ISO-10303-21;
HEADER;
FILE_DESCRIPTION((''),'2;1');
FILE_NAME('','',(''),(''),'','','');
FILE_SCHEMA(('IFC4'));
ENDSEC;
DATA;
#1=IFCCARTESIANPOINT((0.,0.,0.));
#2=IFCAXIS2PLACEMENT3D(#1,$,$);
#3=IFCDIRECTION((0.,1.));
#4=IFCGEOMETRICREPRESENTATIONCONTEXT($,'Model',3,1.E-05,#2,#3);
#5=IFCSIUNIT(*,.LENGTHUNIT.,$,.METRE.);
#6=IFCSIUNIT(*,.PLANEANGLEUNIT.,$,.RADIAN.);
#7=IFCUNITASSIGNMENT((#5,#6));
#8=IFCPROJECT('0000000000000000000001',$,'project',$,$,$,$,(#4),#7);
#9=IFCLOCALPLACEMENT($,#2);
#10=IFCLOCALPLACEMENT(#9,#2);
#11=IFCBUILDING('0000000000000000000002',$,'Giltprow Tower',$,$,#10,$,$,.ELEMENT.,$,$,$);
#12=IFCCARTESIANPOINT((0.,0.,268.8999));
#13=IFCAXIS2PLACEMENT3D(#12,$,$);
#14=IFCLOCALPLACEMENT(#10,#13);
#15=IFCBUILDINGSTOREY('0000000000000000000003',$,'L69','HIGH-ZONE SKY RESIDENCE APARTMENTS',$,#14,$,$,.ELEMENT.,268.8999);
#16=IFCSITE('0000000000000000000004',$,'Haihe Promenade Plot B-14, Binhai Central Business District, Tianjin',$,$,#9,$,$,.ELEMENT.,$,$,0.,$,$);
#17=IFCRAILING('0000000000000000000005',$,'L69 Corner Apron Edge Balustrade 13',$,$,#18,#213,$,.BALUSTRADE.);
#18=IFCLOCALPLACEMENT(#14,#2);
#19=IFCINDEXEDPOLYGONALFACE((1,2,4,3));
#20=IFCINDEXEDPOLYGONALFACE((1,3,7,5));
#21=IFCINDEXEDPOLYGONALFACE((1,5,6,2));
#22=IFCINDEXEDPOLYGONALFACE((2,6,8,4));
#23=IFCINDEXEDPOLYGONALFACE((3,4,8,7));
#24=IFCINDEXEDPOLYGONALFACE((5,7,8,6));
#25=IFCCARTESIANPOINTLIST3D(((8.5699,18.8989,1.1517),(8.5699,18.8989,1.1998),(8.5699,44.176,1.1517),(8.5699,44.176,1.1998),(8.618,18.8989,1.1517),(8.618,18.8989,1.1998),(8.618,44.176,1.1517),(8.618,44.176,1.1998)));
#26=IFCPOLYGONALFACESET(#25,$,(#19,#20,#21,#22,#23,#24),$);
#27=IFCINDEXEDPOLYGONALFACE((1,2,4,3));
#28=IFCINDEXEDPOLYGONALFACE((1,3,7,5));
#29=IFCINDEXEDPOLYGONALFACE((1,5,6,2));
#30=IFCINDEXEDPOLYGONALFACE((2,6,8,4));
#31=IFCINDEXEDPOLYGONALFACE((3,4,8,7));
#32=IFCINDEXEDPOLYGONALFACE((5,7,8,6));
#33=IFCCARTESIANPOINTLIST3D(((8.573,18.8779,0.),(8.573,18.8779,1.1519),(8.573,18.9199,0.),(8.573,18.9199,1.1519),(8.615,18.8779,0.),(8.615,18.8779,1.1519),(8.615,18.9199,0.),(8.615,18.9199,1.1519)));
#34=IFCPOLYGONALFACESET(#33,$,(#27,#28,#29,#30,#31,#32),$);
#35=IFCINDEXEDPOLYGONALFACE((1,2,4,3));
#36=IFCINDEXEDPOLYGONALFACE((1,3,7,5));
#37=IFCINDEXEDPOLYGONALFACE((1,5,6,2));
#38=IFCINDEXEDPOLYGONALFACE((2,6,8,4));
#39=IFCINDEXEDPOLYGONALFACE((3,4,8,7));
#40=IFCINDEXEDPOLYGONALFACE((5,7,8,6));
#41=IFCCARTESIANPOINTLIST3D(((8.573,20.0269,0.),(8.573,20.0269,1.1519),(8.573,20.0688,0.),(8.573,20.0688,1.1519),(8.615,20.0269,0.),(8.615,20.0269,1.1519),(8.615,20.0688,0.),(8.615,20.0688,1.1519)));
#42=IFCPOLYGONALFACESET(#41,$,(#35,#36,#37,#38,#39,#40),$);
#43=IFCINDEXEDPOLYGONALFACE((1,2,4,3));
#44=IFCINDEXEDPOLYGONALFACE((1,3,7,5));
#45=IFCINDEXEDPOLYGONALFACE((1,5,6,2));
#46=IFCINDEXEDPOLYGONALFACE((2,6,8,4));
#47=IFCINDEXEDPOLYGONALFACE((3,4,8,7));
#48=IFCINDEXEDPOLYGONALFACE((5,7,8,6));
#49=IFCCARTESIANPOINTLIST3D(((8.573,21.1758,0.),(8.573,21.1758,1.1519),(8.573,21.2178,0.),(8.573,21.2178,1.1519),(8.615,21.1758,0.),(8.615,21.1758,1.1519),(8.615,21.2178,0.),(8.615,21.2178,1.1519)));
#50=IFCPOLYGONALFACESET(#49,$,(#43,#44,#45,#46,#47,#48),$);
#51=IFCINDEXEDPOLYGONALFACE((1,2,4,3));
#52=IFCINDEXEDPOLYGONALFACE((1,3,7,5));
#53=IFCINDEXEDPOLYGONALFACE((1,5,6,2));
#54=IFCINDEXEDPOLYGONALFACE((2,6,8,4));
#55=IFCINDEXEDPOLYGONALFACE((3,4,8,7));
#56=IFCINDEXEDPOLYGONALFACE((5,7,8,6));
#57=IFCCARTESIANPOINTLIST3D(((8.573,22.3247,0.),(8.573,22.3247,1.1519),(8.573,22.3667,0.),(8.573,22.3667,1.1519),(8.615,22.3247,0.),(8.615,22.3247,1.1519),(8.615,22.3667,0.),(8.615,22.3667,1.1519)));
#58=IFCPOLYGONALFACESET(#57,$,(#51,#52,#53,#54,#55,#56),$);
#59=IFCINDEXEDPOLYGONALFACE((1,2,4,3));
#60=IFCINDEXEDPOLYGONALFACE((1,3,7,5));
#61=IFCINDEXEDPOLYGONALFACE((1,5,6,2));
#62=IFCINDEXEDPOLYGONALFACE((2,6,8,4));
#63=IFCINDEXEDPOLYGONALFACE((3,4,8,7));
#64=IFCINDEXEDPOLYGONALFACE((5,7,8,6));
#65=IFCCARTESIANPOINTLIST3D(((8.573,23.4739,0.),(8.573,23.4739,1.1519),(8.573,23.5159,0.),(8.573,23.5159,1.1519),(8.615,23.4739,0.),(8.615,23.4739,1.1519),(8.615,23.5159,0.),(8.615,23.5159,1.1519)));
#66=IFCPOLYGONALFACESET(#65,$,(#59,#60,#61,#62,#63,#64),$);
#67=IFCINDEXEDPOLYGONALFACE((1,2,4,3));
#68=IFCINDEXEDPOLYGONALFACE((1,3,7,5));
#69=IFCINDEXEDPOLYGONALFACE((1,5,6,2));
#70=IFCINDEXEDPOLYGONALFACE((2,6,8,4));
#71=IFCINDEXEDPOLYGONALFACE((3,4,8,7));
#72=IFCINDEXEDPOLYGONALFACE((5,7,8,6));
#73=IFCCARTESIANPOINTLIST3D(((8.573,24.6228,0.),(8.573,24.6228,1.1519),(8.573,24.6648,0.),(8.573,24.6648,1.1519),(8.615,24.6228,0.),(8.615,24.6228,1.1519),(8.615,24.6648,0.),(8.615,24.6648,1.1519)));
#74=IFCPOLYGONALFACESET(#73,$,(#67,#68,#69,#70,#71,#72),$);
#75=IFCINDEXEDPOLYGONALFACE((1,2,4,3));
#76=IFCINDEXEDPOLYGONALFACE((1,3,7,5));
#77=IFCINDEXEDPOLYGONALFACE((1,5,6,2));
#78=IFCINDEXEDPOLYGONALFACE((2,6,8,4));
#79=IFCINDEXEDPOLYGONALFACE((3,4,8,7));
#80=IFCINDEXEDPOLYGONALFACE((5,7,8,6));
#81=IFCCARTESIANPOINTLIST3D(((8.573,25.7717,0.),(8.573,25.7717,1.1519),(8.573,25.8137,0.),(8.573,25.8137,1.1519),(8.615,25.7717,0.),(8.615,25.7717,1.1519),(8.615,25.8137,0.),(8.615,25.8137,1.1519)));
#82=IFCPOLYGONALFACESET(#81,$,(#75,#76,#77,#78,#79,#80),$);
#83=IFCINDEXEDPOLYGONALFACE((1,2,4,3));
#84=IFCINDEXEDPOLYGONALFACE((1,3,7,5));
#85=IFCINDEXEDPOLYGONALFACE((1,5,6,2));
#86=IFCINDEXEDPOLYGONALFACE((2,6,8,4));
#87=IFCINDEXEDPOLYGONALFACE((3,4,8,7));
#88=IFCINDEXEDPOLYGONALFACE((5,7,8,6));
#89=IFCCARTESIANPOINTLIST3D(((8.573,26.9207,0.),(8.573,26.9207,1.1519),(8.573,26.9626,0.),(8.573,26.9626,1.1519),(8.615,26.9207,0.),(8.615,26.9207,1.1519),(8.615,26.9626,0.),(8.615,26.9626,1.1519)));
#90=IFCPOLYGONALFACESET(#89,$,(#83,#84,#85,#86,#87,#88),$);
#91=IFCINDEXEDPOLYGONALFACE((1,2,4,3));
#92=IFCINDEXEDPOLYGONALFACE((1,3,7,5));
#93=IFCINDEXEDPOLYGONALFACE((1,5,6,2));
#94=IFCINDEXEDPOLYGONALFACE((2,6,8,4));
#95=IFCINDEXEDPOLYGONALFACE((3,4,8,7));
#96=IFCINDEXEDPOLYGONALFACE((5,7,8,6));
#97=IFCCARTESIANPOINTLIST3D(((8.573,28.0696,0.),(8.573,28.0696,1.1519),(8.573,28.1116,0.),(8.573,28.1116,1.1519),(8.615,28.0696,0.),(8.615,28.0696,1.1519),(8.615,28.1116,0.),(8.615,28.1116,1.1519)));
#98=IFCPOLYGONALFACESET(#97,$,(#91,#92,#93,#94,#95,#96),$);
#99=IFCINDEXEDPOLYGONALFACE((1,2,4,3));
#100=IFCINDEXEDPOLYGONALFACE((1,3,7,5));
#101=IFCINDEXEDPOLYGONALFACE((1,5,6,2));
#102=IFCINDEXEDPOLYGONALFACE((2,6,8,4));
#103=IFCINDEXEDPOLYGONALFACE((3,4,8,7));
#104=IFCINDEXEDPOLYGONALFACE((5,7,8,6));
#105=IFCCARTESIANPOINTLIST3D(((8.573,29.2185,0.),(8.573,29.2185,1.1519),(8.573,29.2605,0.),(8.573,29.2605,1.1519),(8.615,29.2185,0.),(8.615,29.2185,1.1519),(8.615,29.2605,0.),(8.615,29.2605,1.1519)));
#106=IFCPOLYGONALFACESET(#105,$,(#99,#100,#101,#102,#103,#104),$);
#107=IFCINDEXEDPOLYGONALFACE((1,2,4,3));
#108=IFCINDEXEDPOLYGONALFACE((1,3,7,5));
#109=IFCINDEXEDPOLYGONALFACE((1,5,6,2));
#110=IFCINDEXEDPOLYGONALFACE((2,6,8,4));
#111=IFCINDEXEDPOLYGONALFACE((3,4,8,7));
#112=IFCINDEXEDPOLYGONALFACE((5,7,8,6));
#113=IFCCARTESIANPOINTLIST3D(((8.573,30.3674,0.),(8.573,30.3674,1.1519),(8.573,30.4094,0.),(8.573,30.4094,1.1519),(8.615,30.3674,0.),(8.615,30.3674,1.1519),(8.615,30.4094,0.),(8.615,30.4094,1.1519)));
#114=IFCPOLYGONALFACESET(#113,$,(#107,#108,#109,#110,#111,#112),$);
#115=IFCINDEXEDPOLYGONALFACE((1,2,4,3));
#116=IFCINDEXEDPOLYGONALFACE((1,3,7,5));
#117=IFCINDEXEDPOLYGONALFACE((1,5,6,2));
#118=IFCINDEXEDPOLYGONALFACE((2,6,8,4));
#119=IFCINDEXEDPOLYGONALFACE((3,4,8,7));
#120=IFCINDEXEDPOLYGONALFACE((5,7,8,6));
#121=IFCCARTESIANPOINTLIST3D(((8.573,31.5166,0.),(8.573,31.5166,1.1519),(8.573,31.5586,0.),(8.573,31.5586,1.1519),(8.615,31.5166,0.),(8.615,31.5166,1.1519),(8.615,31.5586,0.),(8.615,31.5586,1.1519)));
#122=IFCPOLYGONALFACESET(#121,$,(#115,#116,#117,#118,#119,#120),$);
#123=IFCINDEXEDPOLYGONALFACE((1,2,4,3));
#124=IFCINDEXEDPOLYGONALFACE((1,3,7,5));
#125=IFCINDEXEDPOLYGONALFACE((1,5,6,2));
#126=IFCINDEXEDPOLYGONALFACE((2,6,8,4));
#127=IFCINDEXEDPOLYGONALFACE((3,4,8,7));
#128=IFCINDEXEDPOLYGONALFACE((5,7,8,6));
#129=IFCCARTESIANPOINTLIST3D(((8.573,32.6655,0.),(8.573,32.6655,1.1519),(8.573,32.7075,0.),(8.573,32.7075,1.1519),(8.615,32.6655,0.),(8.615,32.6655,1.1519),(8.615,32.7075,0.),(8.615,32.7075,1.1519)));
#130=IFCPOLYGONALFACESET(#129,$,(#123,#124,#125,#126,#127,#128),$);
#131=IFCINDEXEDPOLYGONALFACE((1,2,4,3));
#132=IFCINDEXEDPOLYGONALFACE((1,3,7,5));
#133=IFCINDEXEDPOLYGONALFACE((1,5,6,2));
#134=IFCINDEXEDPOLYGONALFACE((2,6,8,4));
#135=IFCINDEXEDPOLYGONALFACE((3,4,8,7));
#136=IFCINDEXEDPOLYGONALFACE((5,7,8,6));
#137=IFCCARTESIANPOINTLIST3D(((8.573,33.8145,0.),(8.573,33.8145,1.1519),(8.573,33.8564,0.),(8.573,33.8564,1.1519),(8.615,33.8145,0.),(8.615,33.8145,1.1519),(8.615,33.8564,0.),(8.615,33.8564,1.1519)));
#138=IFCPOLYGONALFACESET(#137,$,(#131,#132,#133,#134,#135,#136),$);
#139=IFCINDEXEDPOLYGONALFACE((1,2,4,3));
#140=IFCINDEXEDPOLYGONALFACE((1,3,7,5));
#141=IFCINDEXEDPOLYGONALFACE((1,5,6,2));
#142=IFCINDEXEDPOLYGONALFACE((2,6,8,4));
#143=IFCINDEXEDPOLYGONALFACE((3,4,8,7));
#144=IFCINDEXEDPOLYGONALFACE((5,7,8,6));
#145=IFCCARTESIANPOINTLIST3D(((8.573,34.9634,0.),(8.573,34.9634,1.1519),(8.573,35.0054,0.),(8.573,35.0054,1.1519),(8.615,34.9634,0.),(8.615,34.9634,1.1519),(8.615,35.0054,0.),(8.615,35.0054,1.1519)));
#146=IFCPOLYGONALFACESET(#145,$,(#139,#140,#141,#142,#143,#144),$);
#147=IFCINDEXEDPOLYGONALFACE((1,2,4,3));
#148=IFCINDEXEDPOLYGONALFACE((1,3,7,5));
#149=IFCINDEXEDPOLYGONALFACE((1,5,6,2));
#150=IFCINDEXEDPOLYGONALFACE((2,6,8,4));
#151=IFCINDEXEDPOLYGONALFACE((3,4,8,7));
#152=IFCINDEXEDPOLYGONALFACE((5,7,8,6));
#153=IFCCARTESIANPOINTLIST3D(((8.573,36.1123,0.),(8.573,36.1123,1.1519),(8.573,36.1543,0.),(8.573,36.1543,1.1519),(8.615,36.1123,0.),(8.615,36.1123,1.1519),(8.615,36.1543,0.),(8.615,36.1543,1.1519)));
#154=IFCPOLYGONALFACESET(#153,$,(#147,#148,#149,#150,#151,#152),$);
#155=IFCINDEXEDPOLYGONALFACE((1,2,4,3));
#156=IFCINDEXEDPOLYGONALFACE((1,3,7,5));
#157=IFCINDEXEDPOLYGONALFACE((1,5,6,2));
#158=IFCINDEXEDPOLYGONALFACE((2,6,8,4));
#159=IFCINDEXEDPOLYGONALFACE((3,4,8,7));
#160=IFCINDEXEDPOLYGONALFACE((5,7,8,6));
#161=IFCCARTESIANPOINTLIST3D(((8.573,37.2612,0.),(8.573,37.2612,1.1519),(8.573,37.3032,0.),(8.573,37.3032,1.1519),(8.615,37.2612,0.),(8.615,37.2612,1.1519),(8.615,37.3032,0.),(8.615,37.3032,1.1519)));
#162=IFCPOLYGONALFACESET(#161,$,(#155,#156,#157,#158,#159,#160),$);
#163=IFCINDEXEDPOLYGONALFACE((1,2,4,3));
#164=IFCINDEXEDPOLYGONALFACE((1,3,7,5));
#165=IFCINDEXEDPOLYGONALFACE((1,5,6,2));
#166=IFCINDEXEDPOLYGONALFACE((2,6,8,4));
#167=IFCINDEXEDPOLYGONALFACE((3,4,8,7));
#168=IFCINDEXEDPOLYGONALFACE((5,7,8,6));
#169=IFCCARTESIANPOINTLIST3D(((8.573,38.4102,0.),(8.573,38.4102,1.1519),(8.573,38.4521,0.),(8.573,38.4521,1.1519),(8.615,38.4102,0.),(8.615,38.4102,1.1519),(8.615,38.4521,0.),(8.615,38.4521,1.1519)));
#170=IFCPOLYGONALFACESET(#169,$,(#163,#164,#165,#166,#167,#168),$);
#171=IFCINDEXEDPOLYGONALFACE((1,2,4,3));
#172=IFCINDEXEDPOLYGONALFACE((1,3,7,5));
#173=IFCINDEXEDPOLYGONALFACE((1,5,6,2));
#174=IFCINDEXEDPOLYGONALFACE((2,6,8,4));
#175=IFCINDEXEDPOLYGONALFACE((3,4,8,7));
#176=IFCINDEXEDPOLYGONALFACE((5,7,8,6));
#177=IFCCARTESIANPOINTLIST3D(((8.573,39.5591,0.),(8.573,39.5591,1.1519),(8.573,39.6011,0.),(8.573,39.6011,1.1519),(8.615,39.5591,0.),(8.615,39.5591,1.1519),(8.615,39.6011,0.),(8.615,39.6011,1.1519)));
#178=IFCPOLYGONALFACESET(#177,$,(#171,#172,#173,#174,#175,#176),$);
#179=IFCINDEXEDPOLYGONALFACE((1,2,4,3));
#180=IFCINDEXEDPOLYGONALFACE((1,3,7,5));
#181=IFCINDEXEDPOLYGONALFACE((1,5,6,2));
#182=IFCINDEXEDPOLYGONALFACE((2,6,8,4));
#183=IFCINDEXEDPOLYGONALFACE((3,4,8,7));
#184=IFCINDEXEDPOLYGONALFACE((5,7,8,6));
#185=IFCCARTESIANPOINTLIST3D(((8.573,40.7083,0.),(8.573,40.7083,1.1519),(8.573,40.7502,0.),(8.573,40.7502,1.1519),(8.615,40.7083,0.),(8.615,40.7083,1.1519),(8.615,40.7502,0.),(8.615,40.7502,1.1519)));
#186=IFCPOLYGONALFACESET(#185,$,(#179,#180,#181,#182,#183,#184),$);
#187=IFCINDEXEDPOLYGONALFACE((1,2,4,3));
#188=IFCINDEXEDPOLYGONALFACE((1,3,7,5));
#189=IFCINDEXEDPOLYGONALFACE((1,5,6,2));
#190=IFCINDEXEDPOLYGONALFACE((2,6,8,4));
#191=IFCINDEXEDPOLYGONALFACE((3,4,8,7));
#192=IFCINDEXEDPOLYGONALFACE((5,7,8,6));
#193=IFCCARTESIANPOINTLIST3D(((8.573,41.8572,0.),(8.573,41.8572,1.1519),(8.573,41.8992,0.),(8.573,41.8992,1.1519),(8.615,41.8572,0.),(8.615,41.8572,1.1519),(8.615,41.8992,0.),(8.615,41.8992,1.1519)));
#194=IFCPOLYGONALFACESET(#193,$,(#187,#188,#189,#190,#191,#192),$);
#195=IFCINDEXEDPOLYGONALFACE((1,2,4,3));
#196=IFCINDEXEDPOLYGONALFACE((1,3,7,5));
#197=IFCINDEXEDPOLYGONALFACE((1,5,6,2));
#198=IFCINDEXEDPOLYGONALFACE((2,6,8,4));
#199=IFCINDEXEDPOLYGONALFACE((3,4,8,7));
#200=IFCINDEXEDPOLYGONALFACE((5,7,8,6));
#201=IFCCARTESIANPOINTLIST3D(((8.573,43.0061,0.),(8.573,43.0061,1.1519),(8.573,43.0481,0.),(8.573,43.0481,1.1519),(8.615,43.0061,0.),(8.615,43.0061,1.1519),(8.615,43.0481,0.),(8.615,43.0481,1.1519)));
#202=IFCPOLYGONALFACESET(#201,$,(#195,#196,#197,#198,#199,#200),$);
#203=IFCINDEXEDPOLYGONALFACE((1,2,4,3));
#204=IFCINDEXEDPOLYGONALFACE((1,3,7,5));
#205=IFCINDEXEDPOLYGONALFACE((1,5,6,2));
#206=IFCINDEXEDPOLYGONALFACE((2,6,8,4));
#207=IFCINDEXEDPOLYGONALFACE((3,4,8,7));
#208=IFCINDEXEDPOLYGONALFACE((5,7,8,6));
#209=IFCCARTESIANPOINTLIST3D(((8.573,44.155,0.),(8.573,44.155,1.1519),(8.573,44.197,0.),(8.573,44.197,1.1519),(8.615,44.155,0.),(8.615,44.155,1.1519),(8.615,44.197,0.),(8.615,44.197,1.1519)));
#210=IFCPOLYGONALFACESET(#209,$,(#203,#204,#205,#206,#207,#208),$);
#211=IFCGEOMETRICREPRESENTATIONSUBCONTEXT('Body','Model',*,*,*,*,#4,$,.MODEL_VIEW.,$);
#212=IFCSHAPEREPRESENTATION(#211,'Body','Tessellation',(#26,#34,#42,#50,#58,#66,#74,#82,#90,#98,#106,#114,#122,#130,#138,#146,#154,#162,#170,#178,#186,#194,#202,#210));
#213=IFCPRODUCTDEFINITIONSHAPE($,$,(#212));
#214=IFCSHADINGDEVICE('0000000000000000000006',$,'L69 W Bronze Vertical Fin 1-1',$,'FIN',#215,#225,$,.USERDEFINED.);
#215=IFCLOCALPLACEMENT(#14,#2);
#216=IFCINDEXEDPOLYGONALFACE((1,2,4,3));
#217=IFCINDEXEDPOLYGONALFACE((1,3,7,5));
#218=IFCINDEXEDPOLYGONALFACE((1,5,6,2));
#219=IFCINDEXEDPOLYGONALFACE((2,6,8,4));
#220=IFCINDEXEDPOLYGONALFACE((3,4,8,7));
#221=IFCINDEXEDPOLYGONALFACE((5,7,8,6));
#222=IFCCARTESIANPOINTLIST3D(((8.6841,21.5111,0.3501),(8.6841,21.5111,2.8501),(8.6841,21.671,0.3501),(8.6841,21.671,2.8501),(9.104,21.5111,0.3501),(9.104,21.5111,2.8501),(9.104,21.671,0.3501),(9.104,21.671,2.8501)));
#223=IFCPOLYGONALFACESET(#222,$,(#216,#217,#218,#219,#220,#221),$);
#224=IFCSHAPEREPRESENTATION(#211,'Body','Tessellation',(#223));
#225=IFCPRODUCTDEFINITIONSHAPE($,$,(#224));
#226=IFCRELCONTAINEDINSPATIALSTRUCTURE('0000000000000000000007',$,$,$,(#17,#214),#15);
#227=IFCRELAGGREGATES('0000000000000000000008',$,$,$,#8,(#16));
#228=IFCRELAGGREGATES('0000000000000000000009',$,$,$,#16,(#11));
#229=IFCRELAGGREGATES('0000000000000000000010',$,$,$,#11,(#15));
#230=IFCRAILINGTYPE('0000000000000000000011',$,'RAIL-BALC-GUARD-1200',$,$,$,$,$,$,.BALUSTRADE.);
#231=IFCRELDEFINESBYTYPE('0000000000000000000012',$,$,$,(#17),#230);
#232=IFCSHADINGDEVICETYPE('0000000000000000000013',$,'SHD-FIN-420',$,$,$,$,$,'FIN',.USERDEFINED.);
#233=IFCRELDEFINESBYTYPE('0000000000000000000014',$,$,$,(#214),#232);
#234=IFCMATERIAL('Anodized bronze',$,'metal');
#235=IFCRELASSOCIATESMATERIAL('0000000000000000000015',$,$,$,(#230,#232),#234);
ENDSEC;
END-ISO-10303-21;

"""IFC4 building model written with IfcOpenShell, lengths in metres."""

from ifc_helpers import new_model, si_unit, direction, frame, origin, origin_2d, place, context, subcontext, project, spatial, rectangle, extrude, source, transform, mapped, material, type_object, element, save


model = new_model("IFC4")

# Units and contexts
model_context = context("Model", 3, precision=1e-05, world=origin(), true_north=direction((0.0, 1.0)))
body_context = subcontext(model_context, "Body", "Model", "MODEL_VIEW")
ifc_project = project(units=[si_unit("LENGTHUNIT", "METRE"), si_unit("PLANEANGLEUNIT", "RADIAN")], contexts=[model_context])

# Site, building, storey
site_placement = place(None, origin())
site = spatial("IfcSite", under=ifc_project, at=site_placement, Name="Haihe Promenade Plot B-14, Binhai Central Business District, Tianjin", CompositionType="ELEMENT", RefElevation=0.0)
building_placement = place(site_placement, origin())
building = spatial("IfcBuilding", under=site, at=building_placement, Name="Giltprow Tower", CompositionType="ELEMENT")
storey_placement = place(building_placement, frame((0.0, 0.0, 268.8999)))
storey = spatial("IfcBuildingStorey", under=building, at=storey_placement, Name="L69", Description="HIGH-ZONE SKY RESIDENCE APARTMENTS", CompositionType="ELEMENT", Elevation=268.8999)

# Railing
ifc_material_1 = material(Name="Anodized bronze", Category="metal")
railing_type = type_object("IfcRailingType", Name="RAIL-BALC-GUARD-1200", PredefinedType="BALUSTRADE", material=ifc_material_1)
railing_1_placement = place(storey_placement, frame((8.594, 18.8989, 0.0)))
element("IfcRailing", 1, at=railing_1_placement, inside=storey, type_object=railing_type, Name="L69 Corner Apron Edge Balustrade 13", PredefinedType="BALUSTRADE", context=body_context, shape_type="SweptSolid", body=[
    extrude(rectangle(XDim=0.0481, YDim=0.0481, at=origin_2d()), frame((0.0, 0.0, 1.1758), z_axis=(0.0, 1.0, 0.0), x_axis=(-1.0, 0.0, 0.0)), (0.0, 0.0, 1.0), 25.2771),
    extrude(rectangle(XDim=0.042, YDim=0.042, at=origin_2d()), origin(), (0.0, 0.0, 1.0), 1.1519),
    extrude(rectangle(XDim=0.042, YDim=0.042, at=origin_2d()), frame((0.0, 1.1489, 0.0)), (0.0, 0.0, 1.0), 1.1519),
    extrude(rectangle(XDim=0.042, YDim=0.042, at=origin_2d()), frame((0.0, 2.2979, 0.0)), (0.0, 0.0, 1.0), 1.1519),
    extrude(rectangle(XDim=0.042, YDim=0.042, at=origin_2d()), frame((0.0, 3.4468, 0.0)), (0.0, 0.0, 1.0), 1.1519),
    extrude(rectangle(XDim=0.042, YDim=0.042, at=origin_2d()), frame((0.0, 4.5959, 0.0)), (0.0, 0.0, 1.0), 1.1519),
    extrude(rectangle(XDim=0.042, YDim=0.042, at=origin_2d()), frame((0.0, 5.7449, 0.0)), (0.0, 0.0, 1.0), 1.1519),
    extrude(rectangle(XDim=0.042, YDim=0.042, at=origin_2d()), frame((0.0, 6.8938, 0.0)), (0.0, 0.0, 1.0), 1.1519),
    extrude(rectangle(XDim=0.042, YDim=0.042, at=origin_2d()), frame((0.0, 8.0427, 0.0)), (0.0, 0.0, 1.0), 1.1519),
    extrude(rectangle(XDim=0.042, YDim=0.042, at=origin_2d()), frame((0.0, 9.1917, 0.0)), (0.0, 0.0, 1.0), 1.1519),
    extrude(rectangle(XDim=0.042, YDim=0.042, at=origin_2d()), frame((0.0, 10.3406, 0.0)), (0.0, 0.0, 1.0), 1.1519),
    extrude(rectangle(XDim=0.042, YDim=0.042, at=origin_2d()), frame((0.0, 11.4895, 0.0)), (0.0, 0.0, 1.0), 1.1519),
    extrude(rectangle(XDim=0.042, YDim=0.042, at=origin_2d()), frame((0.0, 12.6387, 0.0)), (0.0, 0.0, 1.0), 1.1519),
    extrude(rectangle(XDim=0.042, YDim=0.042, at=origin_2d()), frame((0.0, 13.7876, 0.0)), (0.0, 0.0, 1.0), 1.1519),
    extrude(rectangle(XDim=0.042, YDim=0.042, at=origin_2d()), frame((0.0, 14.9365, 0.0)), (0.0, 0.0, 1.0), 1.1519),
    extrude(rectangle(XDim=0.042, YDim=0.042, at=origin_2d()), frame((0.0, 16.0854, 0.0)), (0.0, 0.0, 1.0), 1.1519),
    extrude(rectangle(XDim=0.042, YDim=0.042, at=origin_2d()), frame((0.0, 17.2344, 0.0)), (0.0, 0.0, 1.0), 1.1519),
    extrude(rectangle(XDim=0.042, YDim=0.042, at=origin_2d()), frame((0.0, 18.3833, 0.0)), (0.0, 0.0, 1.0), 1.1519),
    extrude(rectangle(XDim=0.042, YDim=0.042, at=origin_2d()), frame((0.0, 19.5322, 0.0)), (0.0, 0.0, 1.0), 1.1519),
    extrude(rectangle(XDim=0.042, YDim=0.042, at=origin_2d()), frame((0.0, 20.6812, 0.0)), (0.0, 0.0, 1.0), 1.1519),
    extrude(rectangle(XDim=0.042, YDim=0.042, at=origin_2d()), frame((0.0, 21.8303, 0.0)), (0.0, 0.0, 1.0), 1.1519),
    extrude(rectangle(XDim=0.042, YDim=0.042, at=origin_2d()), frame((0.0, 22.9792, 0.0)), (0.0, 0.0, 1.0), 1.1519),
    extrude(rectangle(XDim=0.042, YDim=0.042, at=origin_2d()), frame((0.0, 24.1282, 0.0)), (0.0, 0.0, 1.0), 1.1519),
    extrude(rectangle(XDim=0.042, YDim=0.042, at=origin_2d()), frame((0.0, 25.2771, 0.0)), (0.0, 0.0, 1.0), 1.1519),
])

# Shading device
shading_device_type = type_object("IfcShadingDeviceType", Name="SHD-FIN-420", ElementType="FIN", PredefinedType="USERDEFINED", material=ifc_material_1)
shared_shape_1 = source(origin(), body_context, "Body", "SweptSolid", [
    extrude(rectangle(XDim=0.4199, YDim=0.1599, at=origin_2d()), origin(), (0.0, 0.0, 1.0), 2.5),
])
shading_device_placement = place(storey_placement, frame((8.894, 21.5911, 0.3501), z_axis=(0.0, 0.0, 1.0), x_axis=(1.0, 0.0, 0.0)))
element("IfcShadingDevice", 2, at=shading_device_placement, inside=storey, type_object=shading_device_type, Name="L69 W Bronze Vertical Fin 1-1", ObjectType="FIN", PredefinedType="USERDEFINED", context=body_context, shape_type="MappedRepresentation", body=[
    mapped(shared_shape_1, transform((0.0, 0.0, 0.0), x_axis=(1.0, 0.0, 0.0), y_axis=(0.0, 1.0, 0.0), z_axis=(0.0, 0.0, 1.0), scale=1.0)),
])

save(model, "model.ifc")
